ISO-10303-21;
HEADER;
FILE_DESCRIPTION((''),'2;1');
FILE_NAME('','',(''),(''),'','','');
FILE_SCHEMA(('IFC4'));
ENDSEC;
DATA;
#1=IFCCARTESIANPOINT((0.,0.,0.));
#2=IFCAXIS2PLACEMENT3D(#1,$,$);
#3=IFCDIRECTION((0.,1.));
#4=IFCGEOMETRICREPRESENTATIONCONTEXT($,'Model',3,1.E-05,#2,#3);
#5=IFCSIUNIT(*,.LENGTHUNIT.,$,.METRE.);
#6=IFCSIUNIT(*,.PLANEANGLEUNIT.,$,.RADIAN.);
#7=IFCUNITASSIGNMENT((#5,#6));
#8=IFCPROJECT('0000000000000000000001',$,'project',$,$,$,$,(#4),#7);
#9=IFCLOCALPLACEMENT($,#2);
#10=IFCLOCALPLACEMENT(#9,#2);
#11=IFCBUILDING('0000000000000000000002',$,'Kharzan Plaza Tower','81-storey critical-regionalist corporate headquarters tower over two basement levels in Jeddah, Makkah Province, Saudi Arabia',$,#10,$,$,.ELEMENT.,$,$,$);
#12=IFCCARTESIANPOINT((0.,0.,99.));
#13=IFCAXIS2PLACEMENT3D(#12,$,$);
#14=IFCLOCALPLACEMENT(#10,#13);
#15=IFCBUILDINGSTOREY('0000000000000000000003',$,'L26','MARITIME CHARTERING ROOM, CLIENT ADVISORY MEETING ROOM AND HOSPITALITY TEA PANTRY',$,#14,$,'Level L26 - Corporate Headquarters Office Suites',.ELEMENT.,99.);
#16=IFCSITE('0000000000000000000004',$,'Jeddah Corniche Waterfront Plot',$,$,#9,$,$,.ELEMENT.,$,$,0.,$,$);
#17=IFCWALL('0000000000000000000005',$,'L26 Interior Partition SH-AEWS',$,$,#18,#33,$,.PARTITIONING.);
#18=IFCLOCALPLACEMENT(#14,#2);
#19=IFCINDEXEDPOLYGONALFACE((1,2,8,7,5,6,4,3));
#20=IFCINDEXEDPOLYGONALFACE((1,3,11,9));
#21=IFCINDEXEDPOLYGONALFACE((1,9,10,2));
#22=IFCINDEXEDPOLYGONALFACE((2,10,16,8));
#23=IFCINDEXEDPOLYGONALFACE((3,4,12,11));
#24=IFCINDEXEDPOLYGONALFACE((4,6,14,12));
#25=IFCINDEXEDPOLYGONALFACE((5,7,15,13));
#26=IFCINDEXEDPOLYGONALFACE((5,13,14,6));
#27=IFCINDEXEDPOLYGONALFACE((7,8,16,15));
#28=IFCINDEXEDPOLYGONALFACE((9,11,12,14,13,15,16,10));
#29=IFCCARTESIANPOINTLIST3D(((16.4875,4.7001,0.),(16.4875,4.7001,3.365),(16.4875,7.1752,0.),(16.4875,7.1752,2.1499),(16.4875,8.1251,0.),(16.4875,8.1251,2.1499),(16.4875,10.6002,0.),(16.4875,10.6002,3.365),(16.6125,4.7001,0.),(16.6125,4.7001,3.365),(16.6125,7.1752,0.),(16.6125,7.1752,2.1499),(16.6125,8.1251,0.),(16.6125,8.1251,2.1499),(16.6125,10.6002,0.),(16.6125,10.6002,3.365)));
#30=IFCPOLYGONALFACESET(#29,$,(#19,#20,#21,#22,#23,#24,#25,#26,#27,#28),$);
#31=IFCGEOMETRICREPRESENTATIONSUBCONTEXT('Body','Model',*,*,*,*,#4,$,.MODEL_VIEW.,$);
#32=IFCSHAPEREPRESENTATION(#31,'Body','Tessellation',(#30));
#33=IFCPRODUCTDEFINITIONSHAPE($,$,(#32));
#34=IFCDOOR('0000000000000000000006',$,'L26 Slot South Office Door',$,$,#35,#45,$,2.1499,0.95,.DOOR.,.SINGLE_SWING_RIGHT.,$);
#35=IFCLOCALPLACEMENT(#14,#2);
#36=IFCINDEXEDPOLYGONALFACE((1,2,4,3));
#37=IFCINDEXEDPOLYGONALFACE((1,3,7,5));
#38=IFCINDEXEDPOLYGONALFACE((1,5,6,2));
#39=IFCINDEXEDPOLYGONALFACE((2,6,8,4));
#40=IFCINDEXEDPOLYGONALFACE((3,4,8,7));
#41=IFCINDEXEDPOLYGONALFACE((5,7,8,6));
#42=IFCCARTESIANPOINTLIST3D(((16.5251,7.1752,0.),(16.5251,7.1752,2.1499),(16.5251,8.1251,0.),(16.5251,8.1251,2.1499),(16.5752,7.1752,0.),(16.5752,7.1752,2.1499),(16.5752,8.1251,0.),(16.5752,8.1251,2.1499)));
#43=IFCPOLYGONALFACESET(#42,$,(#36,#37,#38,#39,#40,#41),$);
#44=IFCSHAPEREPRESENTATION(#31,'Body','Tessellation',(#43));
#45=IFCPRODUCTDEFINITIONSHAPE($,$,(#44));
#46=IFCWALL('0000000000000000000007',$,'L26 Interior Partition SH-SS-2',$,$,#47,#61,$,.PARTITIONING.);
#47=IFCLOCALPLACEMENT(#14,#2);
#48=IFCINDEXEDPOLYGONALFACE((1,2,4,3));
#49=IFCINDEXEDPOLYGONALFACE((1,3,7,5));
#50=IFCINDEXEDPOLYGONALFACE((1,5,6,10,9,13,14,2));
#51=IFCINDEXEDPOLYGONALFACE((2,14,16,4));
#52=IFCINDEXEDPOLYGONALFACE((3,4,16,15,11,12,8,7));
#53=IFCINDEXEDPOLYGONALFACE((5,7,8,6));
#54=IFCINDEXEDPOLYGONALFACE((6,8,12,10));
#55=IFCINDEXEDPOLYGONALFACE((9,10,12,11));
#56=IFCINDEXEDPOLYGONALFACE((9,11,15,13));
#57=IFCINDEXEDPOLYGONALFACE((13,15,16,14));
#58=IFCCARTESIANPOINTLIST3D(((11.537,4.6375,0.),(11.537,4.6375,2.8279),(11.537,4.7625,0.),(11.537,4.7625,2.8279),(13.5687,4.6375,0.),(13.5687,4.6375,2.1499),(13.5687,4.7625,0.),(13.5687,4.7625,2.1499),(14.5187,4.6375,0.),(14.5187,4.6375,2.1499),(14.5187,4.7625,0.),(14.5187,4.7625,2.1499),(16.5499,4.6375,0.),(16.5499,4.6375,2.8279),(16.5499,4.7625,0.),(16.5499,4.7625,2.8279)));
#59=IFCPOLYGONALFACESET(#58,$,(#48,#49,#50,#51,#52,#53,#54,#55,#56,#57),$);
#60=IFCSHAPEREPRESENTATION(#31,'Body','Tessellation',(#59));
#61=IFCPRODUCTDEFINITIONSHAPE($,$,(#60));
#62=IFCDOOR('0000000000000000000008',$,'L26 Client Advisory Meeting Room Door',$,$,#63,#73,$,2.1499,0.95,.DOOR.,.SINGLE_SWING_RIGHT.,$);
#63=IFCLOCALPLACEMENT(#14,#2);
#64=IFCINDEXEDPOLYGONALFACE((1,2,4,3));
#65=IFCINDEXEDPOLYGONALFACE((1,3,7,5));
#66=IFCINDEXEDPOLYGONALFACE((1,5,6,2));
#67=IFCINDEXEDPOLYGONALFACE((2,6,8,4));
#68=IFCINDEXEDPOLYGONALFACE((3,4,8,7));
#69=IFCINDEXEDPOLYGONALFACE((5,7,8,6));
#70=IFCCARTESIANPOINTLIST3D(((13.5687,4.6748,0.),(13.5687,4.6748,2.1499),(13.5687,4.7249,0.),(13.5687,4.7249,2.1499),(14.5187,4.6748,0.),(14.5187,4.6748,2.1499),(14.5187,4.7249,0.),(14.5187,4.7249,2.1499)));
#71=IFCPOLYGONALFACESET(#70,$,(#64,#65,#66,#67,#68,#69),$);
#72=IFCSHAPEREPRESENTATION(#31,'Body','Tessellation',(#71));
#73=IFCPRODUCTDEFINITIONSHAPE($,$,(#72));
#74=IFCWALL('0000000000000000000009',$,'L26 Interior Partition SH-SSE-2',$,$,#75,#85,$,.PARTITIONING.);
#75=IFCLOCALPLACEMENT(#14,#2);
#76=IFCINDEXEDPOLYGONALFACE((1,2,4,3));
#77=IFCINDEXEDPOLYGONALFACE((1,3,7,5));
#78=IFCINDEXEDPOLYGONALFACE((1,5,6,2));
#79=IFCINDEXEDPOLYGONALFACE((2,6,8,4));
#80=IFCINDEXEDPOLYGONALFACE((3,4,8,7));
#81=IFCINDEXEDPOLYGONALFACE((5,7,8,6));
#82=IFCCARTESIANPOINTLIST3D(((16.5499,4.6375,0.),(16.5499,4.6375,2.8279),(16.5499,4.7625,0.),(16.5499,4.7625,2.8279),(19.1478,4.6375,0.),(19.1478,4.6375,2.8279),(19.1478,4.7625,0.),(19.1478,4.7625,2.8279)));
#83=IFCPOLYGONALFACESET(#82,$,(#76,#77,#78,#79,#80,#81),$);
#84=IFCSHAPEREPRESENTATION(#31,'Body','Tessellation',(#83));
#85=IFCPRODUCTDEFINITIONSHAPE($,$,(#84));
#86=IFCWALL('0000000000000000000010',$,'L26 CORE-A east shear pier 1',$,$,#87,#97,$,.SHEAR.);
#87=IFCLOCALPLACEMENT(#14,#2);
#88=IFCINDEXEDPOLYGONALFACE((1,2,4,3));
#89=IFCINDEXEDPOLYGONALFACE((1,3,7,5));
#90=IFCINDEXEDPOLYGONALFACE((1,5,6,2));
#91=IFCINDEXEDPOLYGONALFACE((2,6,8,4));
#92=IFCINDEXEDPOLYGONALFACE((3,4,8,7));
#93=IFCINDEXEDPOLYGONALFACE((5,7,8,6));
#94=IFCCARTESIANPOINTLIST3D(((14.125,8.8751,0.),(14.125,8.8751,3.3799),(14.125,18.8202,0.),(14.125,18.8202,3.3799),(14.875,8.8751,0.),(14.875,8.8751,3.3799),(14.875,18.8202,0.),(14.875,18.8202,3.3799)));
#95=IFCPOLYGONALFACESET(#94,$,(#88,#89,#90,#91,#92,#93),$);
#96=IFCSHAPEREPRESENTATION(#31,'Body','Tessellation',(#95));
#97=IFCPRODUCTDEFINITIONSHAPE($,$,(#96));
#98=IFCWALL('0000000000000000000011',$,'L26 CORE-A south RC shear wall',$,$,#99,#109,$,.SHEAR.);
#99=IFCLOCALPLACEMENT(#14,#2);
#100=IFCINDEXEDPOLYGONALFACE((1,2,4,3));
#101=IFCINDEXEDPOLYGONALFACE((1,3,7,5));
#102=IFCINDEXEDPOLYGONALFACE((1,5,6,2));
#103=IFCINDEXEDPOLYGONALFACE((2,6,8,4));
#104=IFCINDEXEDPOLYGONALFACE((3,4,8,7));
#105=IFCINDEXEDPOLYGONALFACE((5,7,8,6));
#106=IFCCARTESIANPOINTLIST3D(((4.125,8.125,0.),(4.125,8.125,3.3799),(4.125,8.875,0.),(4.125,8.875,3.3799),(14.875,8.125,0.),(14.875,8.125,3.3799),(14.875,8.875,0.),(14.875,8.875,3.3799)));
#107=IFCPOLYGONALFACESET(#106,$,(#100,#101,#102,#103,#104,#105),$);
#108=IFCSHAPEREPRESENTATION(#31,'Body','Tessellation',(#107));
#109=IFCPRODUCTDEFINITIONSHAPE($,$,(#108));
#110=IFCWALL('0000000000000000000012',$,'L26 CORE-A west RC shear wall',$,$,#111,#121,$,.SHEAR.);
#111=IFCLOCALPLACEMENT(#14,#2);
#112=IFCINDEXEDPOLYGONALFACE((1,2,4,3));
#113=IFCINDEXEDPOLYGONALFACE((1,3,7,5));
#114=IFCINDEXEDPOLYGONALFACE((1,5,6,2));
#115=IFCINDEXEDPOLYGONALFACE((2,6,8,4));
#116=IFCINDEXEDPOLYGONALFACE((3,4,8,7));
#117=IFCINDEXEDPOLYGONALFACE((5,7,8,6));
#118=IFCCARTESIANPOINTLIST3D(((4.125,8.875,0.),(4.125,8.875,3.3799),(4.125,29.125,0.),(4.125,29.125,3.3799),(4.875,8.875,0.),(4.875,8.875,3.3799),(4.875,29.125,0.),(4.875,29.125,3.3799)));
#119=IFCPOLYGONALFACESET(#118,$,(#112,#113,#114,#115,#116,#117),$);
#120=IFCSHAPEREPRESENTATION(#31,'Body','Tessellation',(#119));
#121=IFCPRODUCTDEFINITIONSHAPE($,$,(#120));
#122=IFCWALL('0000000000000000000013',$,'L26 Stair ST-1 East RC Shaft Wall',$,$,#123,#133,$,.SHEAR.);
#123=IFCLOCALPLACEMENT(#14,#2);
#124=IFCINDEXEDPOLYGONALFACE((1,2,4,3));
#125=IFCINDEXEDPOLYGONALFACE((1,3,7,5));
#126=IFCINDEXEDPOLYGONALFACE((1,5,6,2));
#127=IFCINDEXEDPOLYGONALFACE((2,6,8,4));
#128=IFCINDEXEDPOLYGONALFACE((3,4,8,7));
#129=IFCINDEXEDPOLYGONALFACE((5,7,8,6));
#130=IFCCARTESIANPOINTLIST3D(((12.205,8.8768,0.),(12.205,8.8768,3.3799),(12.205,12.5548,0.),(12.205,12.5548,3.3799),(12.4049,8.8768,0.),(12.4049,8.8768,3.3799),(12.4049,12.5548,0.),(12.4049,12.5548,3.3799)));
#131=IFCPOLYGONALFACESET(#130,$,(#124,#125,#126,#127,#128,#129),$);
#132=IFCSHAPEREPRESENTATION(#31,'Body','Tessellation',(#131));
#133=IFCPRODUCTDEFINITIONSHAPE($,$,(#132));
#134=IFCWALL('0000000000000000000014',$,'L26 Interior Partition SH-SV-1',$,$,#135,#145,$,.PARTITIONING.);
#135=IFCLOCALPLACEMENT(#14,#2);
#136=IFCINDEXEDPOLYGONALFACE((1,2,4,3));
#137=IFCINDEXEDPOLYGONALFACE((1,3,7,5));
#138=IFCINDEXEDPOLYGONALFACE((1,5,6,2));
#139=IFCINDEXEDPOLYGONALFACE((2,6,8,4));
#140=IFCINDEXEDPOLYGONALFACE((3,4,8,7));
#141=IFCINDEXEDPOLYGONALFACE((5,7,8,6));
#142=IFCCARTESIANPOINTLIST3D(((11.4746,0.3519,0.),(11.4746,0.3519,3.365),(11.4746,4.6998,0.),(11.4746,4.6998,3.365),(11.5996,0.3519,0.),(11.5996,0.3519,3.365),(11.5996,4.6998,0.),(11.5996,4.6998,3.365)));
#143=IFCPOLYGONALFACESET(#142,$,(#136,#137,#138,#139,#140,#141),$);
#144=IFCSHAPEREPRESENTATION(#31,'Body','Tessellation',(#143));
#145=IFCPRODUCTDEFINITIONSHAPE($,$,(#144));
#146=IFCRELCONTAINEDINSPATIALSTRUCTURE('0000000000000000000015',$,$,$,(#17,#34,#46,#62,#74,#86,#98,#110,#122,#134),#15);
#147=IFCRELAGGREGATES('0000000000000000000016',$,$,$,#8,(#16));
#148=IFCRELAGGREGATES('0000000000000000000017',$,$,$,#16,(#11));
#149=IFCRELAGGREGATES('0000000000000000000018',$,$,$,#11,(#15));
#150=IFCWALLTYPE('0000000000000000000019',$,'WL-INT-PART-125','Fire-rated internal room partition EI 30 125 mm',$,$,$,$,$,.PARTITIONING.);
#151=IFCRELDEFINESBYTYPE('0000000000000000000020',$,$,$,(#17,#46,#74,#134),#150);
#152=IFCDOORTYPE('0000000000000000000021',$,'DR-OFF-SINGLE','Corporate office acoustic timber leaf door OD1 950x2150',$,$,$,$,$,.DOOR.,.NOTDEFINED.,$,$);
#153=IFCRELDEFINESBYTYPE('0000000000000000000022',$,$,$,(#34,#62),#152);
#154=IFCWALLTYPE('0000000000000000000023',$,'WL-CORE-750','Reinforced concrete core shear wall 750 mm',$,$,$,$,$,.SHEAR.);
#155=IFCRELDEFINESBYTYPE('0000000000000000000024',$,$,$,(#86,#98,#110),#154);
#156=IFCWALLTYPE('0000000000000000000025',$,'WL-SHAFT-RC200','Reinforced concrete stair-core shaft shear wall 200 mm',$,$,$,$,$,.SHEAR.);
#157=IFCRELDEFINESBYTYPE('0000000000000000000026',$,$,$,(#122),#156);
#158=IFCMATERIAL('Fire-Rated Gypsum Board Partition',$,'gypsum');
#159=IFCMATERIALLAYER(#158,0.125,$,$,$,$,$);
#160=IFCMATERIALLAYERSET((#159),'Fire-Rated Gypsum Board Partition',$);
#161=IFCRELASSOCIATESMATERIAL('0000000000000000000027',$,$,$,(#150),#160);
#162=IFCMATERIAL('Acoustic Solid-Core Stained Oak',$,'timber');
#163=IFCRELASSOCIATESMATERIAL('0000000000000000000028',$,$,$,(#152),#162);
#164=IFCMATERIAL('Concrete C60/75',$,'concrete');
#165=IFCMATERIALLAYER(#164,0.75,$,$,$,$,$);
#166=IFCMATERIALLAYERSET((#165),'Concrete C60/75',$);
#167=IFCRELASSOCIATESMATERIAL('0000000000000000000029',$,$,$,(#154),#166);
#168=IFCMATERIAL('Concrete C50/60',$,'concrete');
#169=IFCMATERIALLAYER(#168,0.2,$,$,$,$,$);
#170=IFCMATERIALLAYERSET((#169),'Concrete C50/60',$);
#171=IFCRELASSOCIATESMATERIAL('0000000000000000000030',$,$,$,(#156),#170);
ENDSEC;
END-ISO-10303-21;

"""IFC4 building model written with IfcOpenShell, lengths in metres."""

from ifc_helpers import new_model, si_unit, direction, frame, frame_2d, origin, place, context, subcontext, project, spatial, rectangle, extrude, source, transform, mapped, material, layer, layer_set, type_object, element, fill, save


model = new_model("IFC4")

# Units and contexts
model_context = context("Model", 3, precision=1e-05, world=origin(), true_north=direction((0.0, 1.0)))
body_context = subcontext(model_context, "Body", "Model", "MODEL_VIEW")
ifc_project = project(units=[si_unit("LENGTHUNIT", "METRE"), si_unit("PLANEANGLEUNIT", "RADIAN")], contexts=[model_context])

# Site, building, storey
site_placement = place(None, origin())
site = spatial("IfcSite", under=ifc_project, at=site_placement, Name="Jeddah Corniche Waterfront Plot", CompositionType="ELEMENT", RefElevation=0.0)
building_placement = place(site_placement, origin())
building = spatial("IfcBuilding", under=site, at=building_placement, Name="Kharzan Plaza Tower", Description="81-storey critical-regionalist corporate headquarters tower over two basement levels in Jeddah, Makkah Province, Saudi Arabia", CompositionType="ELEMENT")
storey_placement = place(building_placement, frame((0.0, 0.0, 99.0)))
storey = spatial("IfcBuildingStorey", under=building, at=storey_placement, Name="L26", Description="MARITIME CHARTERING ROOM, CLIENT ADVISORY MEETING ROOM AND HOSPITALITY TEA PANTRY", LongName="Level L26 - Corporate Headquarters Office Suites", CompositionType="ELEMENT", Elevation=99.0)

# Shared definitions
ifc_material_1 = material(Name="Concrete C60/75", Category="concrete")

# Walls, openings, doors
ifc_material_2 = material(Name="Fire-Rated Gypsum Board Partition", Category="gypsum")
ifc_layer_1 = layer(ifc_material_2, 0.125)
ifc_layer_set_1 = layer_set([ifc_layer_1], Name="Fire-Rated Gypsum Board Partition")
wall_type_1 = type_object("IfcWallType", Name="WL-INT-PART-125", Description="Fire-rated internal room partition EI 30 125 mm", PredefinedType="PARTITIONING", material=ifc_layer_set_1)
wall_1_placement = place(storey_placement, frame((16.55, 4.7, 0.0), z_axis=(0.0, 0.0, 1.0), x_axis=(0.0, 1.0, 0.0)))
wall_1 = element("IfcWall", 1, at=wall_1_placement, inside=storey, type_object=wall_type_1, Name="L26 Interior Partition SH-AEWS", PredefinedType="PARTITIONING", context=body_context, shape_type="SweptSolid", body=[
    extrude(rectangle(XDim=5.9001, YDim=0.125, at=frame_2d((2.9502, 0.0))), origin(), (0.0, 0.0, 1.0), 3.365),
])
opening_1_placement = place(wall_1_placement, frame((2.4751, 0.0, 0.0)))
opening_1 = element("IfcOpeningElement", 2, at=opening_1_placement, cuts=wall_1, PredefinedType="OPENING", context=body_context, shape_type="SweptSolid", body=[
    extrude(rectangle(XDim=0.95, YDim=2.1499, at=frame_2d((0.4751, 1.075))), frame((0.0, 0.0725, 0.0), z_axis=(0.0, -1.0, 0.0), x_axis=(1.0, 0.0, 0.0)), (0.0, 0.0, 1.0), 0.145),
])
ifc_material_3 = material(Name="Acoustic Solid-Core Stained Oak", Category="timber")
door_type = type_object("IfcDoorType", Name="DR-OFF-SINGLE", Description="Corporate office acoustic timber leaf door OD1 950x2150", OperationType="NOTDEFINED", PredefinedType="DOOR", material=ifc_material_3)
shared_shape_1 = source(origin(), body_context, "Body", "SweptSolid", [
    extrude(rectangle(XDim=0.95, YDim=2.1499, at=frame_2d((0.4751, 1.075))), frame((0.0, 0.0249, 0.0), z_axis=(0.0, -1.0, 0.0), x_axis=(1.0, 0.0, 0.0)), (0.0, 0.0, 1.0), 0.05),
])
door_1_placement = place(opening_1_placement, origin())
door_1 = element("IfcDoor", 3, at=door_1_placement, inside=storey, type_object=door_type, Name="L26 Slot South Office Door", OperationType="SINGLE_SWING_RIGHT", OverallHeight=2.1499, OverallWidth=0.95, PredefinedType="DOOR", context=body_context, shape_type="MappedRepresentation", body=[
    mapped(shared_shape_1, transform((0.0, 0.0, 0.0), x_axis=(1.0, 0.0, 0.0), y_axis=(0.0, 1.0, 0.0), z_axis=(0.0, 0.0, 1.0))),
])
fill(opening_1, door_1)
wall_2_placement = place(storey_placement, frame((11.5371, 4.7, 0.0), z_axis=(0.0, 0.0, 1.0), x_axis=(1.0, 0.0, 0.0)))
wall_2 = element("IfcWall", 4, at=wall_2_placement, inside=storey, type_object=wall_type_1, Name="L26 Interior Partition SH-SS-2", PredefinedType="PARTITIONING", context=body_context, shape_type="SweptSolid", body=[
    extrude(rectangle(XDim=5.0129, YDim=0.125, at=frame_2d((2.5063, 0.0))), origin(), (0.0, 0.0, 1.0), 2.8279),
])
opening_2_placement = place(wall_2_placement, frame((2.0315, 0.0, 0.0)))
opening_2 = element("IfcOpeningElement", 5, at=opening_2_placement, cuts=wall_2, PredefinedType="OPENING", context=body_context, shape_type="SweptSolid", body=[
    extrude(rectangle(XDim=0.95, YDim=2.1499, at=frame_2d((0.4751, 1.075))), frame((0.0, 0.0725, 0.0), z_axis=(0.0, -1.0, 0.0), x_axis=(1.0, 0.0, 0.0)), (0.0, 0.0, 1.0), 0.145),
])
door_2_placement = place(opening_2_placement, origin())
door_2 = element("IfcDoor", 6, at=door_2_placement, inside=storey, type_object=door_type, Name="L26 Client Advisory Meeting Room Door", OperationType="SINGLE_SWING_RIGHT", OverallHeight=2.1499, OverallWidth=0.95, PredefinedType="DOOR", context=body_context, shape_type="MappedRepresentation", body=[
    mapped(shared_shape_1, transform((0.0, 0.0, 0.0), x_axis=(1.0, 0.0, 0.0), y_axis=(0.0, 1.0, 0.0), z_axis=(0.0, 0.0, 1.0))),
])
fill(opening_2, door_2)

# Walls
shared_shape_2 = source(origin(), body_context, "Body", "SweptSolid", [
    extrude(rectangle(XDim=2.5979, YDim=0.125, at=frame_2d((1.2988, 0.0))), origin(), (0.0, 0.0, 1.0), 2.8279),
])
wall_3_placement = place(storey_placement, frame((16.55, 4.7, 0.0), z_axis=(0.0, 0.0, 1.0), x_axis=(1.0, 0.0, 0.0)))
element("IfcWall", 7, at=wall_3_placement, inside=storey, type_object=wall_type_1, Name="L26 Interior Partition SH-SSE-2", PredefinedType="PARTITIONING", context=body_context, shape_type="MappedRepresentation", body=[
    mapped(shared_shape_2, transform((0.0, 0.0, 0.0), x_axis=(1.0, 0.0, 0.0), y_axis=(0.0, 1.0, 0.0), z_axis=(0.0, 0.0, 1.0))),
])
ifc_layer_2 = layer(ifc_material_1, 0.75)
ifc_layer_set_2 = layer_set([ifc_layer_2], Name="Concrete C60/75")
wall_type_2 = type_object("IfcWallType", Name="WL-CORE-750", Description="Reinforced concrete core shear wall 750 mm", PredefinedType="SHEAR", material=ifc_layer_set_2)
shared_shape_3 = source(origin(), body_context, "Body", "SweptSolid", [
    extrude(rectangle(XDim=9.9451, YDim=0.75, at=frame_2d((4.9727, 0.0))), origin(), (0.0, 0.0, 1.0), 3.3799),
])
wall_4_placement = place(storey_placement, frame((14.5, 8.875, 0.0), z_axis=(0.0, 0.0, 1.0), x_axis=(0.0, 1.0, 0.0)))
element("IfcWall", 8, at=wall_4_placement, inside=storey, type_object=wall_type_2, Name="L26 CORE-A east shear pier 1", PredefinedType="SHEAR", context=body_context, shape_type="MappedRepresentation", body=[
    mapped(shared_shape_3, transform((0.0, 0.0, 0.0), x_axis=(1.0, 0.0, 0.0), y_axis=(0.0, 1.0, 0.0), z_axis=(0.0, 0.0, 1.0))),
])
shared_shape_4 = source(origin(), body_context, "Body", "SweptSolid", [
    extrude(rectangle(XDim=10.75, YDim=0.75, at=frame_2d((5.375, 0.0))), origin(), (0.0, 0.0, 1.0), 3.3799),
])
wall_5_placement = place(storey_placement, frame((4.125, 8.5, 0.0), z_axis=(0.0, 0.0, 1.0), x_axis=(1.0, 0.0, 0.0)))
element("IfcWall", 9, at=wall_5_placement, inside=storey, type_object=wall_type_2, Name="L26 CORE-A south RC shear wall", PredefinedType="SHEAR", context=body_context, shape_type="MappedRepresentation", body=[
    mapped(shared_shape_4, transform((0.0, 0.0, 0.0), x_axis=(1.0, 0.0, 0.0), y_axis=(0.0, 1.0, 0.0), z_axis=(0.0, 0.0, 1.0))),
])
shared_shape_5 = source(origin(), body_context, "Body", "SweptSolid", [
    extrude(rectangle(XDim=20.25, YDim=0.75, at=frame_2d((10.125, 0.0))), origin(), (0.0, 0.0, 1.0), 3.3799),
])
wall_6_placement = place(storey_placement, frame((4.5, 8.875, 0.0), z_axis=(0.0, 0.0, 1.0), x_axis=(0.0, 1.0, 0.0)))
element("IfcWall", 10, at=wall_6_placement, inside=storey, type_object=wall_type_2, Name="L26 CORE-A west RC shear wall", PredefinedType="SHEAR", context=body_context, shape_type="MappedRepresentation", body=[
    mapped(shared_shape_5, transform((0.0, 0.0, 0.0), x_axis=(1.0, 0.0, 0.0), y_axis=(0.0, 1.0, 0.0), z_axis=(0.0, 0.0, 1.0))),
])
ifc_material_4 = material(Name="Concrete C50/60", Category="concrete")
ifc_layer_3 = layer(ifc_material_4, 0.2)
ifc_layer_set_3 = layer_set([ifc_layer_3], Name="Concrete C50/60")
wall_type_3 = type_object("IfcWallType", Name="WL-SHAFT-RC200", Description="Reinforced concrete stair-core shaft shear wall 200 mm", PredefinedType="SHEAR", material=ifc_layer_set_3)
shared_shape_6 = source(origin(), body_context, "Body", "SweptSolid", [
    extrude(rectangle(XDim=3.678, YDim=0.2, at=frame_2d((1.8389, 0.0))), origin(), (0.0, 0.0, 1.0), 3.3799),
])
wall_7_placement = place(storey_placement, frame((12.3049, 8.877, 0.0), z_axis=(0.0, 0.0, 1.0), x_axis=(0.0, 1.0, 0.0)))
element("IfcWall", 11, at=wall_7_placement, inside=storey, type_object=wall_type_3, Name="L26 Stair ST-1 East RC Shaft Wall", PredefinedType="SHEAR", context=body_context, shape_type="MappedRepresentation", body=[
    mapped(shared_shape_6, transform((0.0, 0.0, 0.0), x_axis=(1.0, 0.0, 0.0), y_axis=(0.0, 1.0, 0.0), z_axis=(0.0, 0.0, 1.0))),
])
shared_shape_7 = source(origin(), body_context, "Body", "SweptSolid", [
    extrude(rectangle(XDim=4.3479, YDim=0.125, at=frame_2d((2.1738, 0.0))), origin(), (0.0, 0.0, 1.0), 3.365),
])
wall_8_placement = place(storey_placement, frame((11.5371, 0.3521, 0.0), z_axis=(0.0, 0.0, 1.0), x_axis=(0.0, 1.0, 0.0)))
element("IfcWall", 12, at=wall_8_placement, inside=storey, type_object=wall_type_1, Name="L26 Interior Partition SH-SV-1", PredefinedType="PARTITIONING", context=body_context, shape_type="MappedRepresentation", body=[
    mapped(shared_shape_7, transform((0.0, 0.0, 0.0), x_axis=(1.0, 0.0, 0.0), y_axis=(0.0, 1.0, 0.0), z_axis=(0.0, 0.0, 1.0))),
])

save(model, "model.ifc")
